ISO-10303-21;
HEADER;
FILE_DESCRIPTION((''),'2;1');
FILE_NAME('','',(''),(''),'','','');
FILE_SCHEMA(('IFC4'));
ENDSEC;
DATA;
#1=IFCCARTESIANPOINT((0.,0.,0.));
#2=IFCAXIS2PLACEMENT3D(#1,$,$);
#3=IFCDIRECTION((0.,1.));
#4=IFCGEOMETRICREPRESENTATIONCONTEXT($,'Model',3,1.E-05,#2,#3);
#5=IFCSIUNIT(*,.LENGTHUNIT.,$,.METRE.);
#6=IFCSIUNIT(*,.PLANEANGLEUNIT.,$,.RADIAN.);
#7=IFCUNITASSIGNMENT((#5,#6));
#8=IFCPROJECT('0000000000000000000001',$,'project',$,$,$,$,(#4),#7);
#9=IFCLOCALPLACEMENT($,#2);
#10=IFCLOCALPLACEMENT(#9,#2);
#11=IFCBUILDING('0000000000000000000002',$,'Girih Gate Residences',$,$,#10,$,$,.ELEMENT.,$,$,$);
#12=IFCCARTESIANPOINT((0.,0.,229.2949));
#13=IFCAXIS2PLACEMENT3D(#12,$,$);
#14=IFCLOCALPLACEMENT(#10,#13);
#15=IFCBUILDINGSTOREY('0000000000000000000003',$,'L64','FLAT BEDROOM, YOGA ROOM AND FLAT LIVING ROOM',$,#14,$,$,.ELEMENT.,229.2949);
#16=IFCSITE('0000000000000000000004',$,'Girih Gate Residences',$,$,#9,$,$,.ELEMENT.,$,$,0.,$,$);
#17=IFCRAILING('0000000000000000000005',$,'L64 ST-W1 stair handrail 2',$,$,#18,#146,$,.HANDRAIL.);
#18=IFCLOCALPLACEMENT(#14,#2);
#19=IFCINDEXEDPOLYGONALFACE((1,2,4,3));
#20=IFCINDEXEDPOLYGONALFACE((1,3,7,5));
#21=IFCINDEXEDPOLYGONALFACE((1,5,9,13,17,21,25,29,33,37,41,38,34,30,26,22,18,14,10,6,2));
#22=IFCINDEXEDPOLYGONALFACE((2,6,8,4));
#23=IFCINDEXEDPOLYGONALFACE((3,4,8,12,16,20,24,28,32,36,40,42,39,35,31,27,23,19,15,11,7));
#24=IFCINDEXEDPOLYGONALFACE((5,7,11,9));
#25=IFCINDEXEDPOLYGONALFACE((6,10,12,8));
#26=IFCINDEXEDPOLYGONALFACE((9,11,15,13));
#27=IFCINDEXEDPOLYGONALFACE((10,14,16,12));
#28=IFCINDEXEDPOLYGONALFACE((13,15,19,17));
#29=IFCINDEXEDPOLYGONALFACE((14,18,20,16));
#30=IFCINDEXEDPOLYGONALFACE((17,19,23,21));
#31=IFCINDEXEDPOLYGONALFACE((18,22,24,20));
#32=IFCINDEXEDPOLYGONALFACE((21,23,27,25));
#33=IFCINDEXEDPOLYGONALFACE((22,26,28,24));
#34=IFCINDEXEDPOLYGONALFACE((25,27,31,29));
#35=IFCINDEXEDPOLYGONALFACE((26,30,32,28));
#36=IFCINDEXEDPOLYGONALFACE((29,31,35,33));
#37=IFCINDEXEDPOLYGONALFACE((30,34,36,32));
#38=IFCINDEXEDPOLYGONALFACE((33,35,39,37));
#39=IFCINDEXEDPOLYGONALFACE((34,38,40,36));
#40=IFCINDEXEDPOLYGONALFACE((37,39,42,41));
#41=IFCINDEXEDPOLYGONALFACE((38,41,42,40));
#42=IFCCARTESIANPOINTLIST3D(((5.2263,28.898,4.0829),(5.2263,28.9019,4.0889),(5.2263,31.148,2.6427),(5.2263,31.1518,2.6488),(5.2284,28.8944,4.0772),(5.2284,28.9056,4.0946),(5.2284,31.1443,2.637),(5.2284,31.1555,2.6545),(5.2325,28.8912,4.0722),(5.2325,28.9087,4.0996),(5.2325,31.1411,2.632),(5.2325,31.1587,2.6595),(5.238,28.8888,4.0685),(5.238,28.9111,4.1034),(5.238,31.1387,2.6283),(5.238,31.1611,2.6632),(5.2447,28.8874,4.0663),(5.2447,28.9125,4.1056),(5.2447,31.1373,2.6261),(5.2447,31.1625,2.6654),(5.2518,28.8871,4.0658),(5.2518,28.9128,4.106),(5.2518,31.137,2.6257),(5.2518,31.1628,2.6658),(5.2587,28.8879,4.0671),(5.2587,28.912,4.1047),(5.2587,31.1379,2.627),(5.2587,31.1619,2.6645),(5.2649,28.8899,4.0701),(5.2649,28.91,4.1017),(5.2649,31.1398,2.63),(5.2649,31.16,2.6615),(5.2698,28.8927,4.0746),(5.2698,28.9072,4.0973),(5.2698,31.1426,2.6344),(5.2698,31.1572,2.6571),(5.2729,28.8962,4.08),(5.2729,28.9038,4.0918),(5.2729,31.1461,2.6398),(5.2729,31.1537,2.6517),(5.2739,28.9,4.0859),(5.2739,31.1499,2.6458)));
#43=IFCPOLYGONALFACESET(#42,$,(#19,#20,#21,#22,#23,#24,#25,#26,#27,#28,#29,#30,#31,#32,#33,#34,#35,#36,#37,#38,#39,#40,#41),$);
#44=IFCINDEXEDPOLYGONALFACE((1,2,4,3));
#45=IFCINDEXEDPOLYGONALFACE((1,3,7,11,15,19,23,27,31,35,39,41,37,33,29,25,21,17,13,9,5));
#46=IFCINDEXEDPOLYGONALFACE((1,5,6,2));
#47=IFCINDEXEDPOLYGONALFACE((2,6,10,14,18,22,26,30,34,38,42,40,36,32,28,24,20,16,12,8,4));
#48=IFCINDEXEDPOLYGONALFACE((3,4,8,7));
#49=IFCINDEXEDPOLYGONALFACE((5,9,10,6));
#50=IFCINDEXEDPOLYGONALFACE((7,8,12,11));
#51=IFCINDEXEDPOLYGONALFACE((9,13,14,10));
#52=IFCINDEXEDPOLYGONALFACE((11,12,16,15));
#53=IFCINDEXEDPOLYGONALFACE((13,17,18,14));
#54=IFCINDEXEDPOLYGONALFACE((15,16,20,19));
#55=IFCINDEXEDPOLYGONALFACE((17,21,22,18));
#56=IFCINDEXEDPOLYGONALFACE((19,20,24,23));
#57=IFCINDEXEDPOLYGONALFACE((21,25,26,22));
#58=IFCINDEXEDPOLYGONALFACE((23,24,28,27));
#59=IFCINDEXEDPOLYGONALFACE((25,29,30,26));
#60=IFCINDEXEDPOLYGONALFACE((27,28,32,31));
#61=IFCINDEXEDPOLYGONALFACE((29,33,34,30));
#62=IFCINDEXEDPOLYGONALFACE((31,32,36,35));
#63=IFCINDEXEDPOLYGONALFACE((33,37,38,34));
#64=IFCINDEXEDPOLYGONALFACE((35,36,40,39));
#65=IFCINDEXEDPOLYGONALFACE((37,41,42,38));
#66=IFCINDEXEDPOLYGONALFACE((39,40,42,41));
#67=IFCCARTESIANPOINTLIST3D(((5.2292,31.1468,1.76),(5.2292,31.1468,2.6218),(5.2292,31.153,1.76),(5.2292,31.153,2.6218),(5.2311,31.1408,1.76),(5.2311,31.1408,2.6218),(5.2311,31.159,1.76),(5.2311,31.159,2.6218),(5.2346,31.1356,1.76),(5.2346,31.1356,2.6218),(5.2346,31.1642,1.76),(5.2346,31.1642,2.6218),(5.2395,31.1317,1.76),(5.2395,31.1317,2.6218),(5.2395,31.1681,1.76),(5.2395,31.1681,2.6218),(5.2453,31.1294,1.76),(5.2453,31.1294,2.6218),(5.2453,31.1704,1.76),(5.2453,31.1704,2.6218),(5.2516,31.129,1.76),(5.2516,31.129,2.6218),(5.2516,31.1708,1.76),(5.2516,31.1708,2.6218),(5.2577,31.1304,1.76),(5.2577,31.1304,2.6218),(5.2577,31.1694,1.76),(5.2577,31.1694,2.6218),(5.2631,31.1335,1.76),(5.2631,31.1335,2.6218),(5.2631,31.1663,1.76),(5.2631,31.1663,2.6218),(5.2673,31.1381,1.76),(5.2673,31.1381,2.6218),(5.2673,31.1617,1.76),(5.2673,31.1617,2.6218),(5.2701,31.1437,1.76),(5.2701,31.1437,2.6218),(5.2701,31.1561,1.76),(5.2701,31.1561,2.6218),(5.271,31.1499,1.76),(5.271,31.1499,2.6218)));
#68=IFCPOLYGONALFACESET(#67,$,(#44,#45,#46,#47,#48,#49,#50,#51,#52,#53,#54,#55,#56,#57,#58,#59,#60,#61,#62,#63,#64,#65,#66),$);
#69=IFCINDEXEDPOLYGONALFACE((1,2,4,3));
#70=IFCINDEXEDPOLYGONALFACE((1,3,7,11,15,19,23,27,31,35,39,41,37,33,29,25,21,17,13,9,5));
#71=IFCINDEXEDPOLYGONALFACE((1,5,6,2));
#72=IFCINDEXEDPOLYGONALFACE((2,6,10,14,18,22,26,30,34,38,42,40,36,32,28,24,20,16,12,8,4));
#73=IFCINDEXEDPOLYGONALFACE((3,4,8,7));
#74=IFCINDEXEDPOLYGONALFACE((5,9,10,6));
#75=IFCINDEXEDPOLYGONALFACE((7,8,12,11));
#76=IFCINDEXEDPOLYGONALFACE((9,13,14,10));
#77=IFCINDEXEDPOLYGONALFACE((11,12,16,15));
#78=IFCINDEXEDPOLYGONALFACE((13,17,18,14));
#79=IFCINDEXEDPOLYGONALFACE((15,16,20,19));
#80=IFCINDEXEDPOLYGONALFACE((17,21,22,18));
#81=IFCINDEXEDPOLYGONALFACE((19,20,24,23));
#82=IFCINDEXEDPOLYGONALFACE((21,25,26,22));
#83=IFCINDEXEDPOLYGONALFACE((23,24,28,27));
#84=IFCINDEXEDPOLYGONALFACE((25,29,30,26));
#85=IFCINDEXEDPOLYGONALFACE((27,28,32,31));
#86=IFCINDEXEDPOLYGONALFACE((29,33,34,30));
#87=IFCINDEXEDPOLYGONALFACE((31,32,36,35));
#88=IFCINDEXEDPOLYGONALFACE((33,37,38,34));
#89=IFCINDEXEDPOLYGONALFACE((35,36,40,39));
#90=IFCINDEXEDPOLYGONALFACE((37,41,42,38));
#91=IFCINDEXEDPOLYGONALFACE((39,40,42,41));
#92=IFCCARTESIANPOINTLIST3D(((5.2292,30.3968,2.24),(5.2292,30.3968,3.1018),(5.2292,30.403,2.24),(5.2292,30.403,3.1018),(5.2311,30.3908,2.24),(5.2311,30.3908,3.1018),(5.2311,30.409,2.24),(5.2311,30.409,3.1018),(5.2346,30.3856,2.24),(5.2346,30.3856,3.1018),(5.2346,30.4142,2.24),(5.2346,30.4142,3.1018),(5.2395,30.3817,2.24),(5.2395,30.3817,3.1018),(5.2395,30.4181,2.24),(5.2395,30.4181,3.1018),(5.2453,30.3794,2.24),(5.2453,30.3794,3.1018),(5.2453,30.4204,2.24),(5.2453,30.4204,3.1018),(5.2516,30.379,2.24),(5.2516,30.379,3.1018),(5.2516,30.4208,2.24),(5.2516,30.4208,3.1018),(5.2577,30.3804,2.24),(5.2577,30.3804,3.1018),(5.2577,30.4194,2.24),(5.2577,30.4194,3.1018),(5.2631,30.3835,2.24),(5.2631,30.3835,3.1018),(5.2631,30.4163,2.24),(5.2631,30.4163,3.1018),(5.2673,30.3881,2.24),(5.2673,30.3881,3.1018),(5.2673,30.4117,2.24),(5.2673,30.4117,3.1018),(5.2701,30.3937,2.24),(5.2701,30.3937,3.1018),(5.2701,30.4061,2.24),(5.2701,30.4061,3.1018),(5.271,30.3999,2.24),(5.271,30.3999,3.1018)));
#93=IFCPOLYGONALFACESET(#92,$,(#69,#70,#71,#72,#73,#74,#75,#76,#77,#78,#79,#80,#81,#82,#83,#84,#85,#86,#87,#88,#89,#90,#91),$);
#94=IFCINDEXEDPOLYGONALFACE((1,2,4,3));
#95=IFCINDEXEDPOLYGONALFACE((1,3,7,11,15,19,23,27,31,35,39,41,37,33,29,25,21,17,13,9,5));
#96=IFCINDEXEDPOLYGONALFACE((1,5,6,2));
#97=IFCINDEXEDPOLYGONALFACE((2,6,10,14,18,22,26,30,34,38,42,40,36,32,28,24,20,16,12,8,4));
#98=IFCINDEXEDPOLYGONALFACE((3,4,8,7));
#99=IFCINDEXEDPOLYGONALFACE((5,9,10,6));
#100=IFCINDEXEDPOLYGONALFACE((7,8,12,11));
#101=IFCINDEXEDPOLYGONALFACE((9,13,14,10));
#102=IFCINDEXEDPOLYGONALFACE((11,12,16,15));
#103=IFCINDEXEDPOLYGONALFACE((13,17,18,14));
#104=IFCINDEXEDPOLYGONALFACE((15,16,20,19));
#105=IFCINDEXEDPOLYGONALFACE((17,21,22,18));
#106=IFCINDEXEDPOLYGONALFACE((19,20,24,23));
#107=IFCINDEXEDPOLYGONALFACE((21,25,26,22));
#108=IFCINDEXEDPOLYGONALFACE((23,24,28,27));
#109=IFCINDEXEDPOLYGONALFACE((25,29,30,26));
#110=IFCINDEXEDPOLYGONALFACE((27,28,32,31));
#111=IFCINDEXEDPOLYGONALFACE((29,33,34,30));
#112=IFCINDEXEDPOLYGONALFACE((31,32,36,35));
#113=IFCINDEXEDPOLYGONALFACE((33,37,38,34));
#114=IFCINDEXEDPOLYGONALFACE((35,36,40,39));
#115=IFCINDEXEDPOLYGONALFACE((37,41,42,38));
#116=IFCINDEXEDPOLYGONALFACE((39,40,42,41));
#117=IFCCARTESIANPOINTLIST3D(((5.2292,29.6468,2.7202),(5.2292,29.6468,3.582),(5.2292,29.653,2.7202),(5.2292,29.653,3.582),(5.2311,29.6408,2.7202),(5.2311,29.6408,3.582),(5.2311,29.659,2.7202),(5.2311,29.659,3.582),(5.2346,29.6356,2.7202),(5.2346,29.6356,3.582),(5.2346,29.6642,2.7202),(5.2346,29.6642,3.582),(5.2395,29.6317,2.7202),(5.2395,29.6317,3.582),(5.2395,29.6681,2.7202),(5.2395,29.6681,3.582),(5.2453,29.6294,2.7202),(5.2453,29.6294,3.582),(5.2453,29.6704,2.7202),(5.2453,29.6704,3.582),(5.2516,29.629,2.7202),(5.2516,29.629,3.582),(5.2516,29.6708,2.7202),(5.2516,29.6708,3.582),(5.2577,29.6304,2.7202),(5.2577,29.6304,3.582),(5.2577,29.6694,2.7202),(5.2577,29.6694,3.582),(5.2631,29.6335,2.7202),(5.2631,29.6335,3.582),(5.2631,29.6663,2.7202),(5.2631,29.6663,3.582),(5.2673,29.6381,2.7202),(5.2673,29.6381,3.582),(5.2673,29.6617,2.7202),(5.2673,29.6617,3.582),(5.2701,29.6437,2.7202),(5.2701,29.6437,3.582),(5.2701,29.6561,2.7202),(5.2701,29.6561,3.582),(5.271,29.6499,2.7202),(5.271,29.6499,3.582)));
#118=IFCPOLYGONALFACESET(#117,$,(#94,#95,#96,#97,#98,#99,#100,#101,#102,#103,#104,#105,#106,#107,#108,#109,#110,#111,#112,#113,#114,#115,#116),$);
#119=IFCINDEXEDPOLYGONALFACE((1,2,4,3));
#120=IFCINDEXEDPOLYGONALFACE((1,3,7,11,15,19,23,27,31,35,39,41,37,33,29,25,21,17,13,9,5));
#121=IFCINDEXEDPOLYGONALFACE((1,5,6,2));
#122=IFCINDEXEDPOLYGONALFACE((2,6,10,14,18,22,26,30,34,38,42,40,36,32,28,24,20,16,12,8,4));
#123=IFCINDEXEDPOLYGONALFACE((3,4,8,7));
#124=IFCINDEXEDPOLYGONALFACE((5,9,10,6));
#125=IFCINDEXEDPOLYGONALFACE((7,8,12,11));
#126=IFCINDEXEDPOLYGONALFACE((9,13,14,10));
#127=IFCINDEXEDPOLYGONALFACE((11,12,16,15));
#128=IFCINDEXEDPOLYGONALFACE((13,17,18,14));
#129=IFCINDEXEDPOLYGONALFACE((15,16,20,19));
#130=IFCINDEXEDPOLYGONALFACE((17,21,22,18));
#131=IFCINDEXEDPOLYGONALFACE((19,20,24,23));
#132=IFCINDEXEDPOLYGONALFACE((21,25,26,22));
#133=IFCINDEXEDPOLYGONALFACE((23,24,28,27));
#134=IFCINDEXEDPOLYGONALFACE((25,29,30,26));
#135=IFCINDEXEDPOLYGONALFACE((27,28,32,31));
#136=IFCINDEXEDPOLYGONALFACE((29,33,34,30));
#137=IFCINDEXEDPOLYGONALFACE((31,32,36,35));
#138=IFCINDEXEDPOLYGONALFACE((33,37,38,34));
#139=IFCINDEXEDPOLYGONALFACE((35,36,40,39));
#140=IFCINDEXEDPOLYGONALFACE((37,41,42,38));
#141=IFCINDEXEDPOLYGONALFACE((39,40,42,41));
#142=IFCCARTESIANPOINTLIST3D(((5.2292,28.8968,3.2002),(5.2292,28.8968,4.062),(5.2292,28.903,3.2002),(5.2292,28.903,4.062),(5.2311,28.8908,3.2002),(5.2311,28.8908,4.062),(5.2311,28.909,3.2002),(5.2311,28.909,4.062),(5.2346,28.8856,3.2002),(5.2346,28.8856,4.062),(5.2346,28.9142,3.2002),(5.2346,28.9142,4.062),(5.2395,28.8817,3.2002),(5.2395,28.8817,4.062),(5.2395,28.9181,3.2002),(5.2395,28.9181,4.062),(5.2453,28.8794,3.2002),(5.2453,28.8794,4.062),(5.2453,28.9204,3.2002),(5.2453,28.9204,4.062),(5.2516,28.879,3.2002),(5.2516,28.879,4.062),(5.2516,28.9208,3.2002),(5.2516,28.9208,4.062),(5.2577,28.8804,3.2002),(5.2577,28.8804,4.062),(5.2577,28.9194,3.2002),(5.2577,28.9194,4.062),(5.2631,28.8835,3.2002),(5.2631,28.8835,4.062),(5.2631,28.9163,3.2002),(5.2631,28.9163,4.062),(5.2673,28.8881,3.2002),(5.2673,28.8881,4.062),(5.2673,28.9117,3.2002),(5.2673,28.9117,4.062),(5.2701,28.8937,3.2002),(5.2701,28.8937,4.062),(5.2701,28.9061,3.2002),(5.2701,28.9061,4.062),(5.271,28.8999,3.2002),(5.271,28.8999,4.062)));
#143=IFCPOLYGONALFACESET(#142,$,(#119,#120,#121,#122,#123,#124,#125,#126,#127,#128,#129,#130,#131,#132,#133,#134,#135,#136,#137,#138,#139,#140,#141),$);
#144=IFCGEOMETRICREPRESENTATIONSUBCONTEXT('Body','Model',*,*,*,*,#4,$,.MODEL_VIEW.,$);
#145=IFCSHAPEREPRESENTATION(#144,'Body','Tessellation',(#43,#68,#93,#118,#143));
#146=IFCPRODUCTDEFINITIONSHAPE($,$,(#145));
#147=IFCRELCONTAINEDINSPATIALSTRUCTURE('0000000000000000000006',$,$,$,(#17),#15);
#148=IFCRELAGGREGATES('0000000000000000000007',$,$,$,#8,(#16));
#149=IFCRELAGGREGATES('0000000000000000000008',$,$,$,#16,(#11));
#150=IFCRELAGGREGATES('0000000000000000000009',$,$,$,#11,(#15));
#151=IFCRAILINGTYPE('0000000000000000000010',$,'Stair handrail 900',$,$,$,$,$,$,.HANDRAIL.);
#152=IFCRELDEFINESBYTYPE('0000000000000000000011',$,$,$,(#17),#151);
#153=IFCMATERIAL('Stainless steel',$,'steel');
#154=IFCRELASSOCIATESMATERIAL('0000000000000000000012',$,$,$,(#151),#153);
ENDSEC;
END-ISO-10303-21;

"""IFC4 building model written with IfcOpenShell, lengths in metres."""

from ifc_helpers import new_model, si_unit, direction, frame, origin, origin_2d, place, context, subcontext, project, spatial, circle, extrude, material, type_object, element, save


model = new_model("IFC4")

# Units and contexts
model_context = context("Model", 3, precision=1e-05, world=origin(), true_north=direction((0.0, 1.0)))
body_context = subcontext(model_context, "Body", "Model", "MODEL_VIEW")
ifc_project = project(units=[si_unit("LENGTHUNIT", "METRE"), si_unit("PLANEANGLEUNIT", "RADIAN")], contexts=[model_context])

# Site, building, storey
site_placement = place(None, origin())
site = spatial("IfcSite", under=ifc_project, at=site_placement, Name="Girih Gate Residences", CompositionType="ELEMENT", RefElevation=0.0)
building_placement = place(site_placement, origin())
building = spatial("IfcBuilding", under=site, at=building_placement, Name="Girih Gate Residences", CompositionType="ELEMENT")
storey_placement = place(building_placement, frame((0.0, 0.0, 229.2949)))
storey = spatial("IfcBuildingStorey", under=building, at=storey_placement, Name="L64", Description="FLAT BEDROOM, YOGA ROOM AND FLAT LIVING ROOM", CompositionType="ELEMENT", Elevation=229.2949)

# Railing
ifc_material_1 = material(Name="Stainless steel", Category="steel")
railing_type_1 = type_object("IfcRailingType", Name="Stair handrail 900", PredefinedType="HANDRAIL", material=ifc_material_1)
railing_1_placement = place(storey_placement, frame((5.25, 31.1499, 1.76)))
element("IfcRailing", 1, at=railing_1_placement, inside=storey, type_object=railing_type_1, Name="L64 ST-W1 stair handrail 2", PredefinedType="HANDRAIL", context=body_context, shape_type="SweptSolid", body=[
    extrude(circle(Radius=0.0239, at=origin_2d()), frame((0.0, 0.0, 0.8857), z_axis=(0.0, -0.84224, 0.539103), x_axis=(1.0, 0.0, 0.0)), (0.0, 0.0, 1.0), 2.6714),
    extrude(circle(Radius=0.021, at=origin_2d()), origin(), (0.0, 0.0, 1.0), 0.8618),
    extrude(circle(Radius=0.021, at=origin_2d()), frame((0.0, -0.75, 0.48)), (0.0, 0.0, 1.0), 0.8618),
    extrude(circle(Radius=0.021, at=origin_2d()), frame((0.0, -1.5, 0.9602)), (0.0, 0.0, 1.0), 0.8618),
    extrude(circle(Radius=0.021, at=origin_2d()), frame((0.0, -2.25, 1.4402)), (0.0, 0.0, 1.0), 0.8618),
])

save(model, "model.ifc")
